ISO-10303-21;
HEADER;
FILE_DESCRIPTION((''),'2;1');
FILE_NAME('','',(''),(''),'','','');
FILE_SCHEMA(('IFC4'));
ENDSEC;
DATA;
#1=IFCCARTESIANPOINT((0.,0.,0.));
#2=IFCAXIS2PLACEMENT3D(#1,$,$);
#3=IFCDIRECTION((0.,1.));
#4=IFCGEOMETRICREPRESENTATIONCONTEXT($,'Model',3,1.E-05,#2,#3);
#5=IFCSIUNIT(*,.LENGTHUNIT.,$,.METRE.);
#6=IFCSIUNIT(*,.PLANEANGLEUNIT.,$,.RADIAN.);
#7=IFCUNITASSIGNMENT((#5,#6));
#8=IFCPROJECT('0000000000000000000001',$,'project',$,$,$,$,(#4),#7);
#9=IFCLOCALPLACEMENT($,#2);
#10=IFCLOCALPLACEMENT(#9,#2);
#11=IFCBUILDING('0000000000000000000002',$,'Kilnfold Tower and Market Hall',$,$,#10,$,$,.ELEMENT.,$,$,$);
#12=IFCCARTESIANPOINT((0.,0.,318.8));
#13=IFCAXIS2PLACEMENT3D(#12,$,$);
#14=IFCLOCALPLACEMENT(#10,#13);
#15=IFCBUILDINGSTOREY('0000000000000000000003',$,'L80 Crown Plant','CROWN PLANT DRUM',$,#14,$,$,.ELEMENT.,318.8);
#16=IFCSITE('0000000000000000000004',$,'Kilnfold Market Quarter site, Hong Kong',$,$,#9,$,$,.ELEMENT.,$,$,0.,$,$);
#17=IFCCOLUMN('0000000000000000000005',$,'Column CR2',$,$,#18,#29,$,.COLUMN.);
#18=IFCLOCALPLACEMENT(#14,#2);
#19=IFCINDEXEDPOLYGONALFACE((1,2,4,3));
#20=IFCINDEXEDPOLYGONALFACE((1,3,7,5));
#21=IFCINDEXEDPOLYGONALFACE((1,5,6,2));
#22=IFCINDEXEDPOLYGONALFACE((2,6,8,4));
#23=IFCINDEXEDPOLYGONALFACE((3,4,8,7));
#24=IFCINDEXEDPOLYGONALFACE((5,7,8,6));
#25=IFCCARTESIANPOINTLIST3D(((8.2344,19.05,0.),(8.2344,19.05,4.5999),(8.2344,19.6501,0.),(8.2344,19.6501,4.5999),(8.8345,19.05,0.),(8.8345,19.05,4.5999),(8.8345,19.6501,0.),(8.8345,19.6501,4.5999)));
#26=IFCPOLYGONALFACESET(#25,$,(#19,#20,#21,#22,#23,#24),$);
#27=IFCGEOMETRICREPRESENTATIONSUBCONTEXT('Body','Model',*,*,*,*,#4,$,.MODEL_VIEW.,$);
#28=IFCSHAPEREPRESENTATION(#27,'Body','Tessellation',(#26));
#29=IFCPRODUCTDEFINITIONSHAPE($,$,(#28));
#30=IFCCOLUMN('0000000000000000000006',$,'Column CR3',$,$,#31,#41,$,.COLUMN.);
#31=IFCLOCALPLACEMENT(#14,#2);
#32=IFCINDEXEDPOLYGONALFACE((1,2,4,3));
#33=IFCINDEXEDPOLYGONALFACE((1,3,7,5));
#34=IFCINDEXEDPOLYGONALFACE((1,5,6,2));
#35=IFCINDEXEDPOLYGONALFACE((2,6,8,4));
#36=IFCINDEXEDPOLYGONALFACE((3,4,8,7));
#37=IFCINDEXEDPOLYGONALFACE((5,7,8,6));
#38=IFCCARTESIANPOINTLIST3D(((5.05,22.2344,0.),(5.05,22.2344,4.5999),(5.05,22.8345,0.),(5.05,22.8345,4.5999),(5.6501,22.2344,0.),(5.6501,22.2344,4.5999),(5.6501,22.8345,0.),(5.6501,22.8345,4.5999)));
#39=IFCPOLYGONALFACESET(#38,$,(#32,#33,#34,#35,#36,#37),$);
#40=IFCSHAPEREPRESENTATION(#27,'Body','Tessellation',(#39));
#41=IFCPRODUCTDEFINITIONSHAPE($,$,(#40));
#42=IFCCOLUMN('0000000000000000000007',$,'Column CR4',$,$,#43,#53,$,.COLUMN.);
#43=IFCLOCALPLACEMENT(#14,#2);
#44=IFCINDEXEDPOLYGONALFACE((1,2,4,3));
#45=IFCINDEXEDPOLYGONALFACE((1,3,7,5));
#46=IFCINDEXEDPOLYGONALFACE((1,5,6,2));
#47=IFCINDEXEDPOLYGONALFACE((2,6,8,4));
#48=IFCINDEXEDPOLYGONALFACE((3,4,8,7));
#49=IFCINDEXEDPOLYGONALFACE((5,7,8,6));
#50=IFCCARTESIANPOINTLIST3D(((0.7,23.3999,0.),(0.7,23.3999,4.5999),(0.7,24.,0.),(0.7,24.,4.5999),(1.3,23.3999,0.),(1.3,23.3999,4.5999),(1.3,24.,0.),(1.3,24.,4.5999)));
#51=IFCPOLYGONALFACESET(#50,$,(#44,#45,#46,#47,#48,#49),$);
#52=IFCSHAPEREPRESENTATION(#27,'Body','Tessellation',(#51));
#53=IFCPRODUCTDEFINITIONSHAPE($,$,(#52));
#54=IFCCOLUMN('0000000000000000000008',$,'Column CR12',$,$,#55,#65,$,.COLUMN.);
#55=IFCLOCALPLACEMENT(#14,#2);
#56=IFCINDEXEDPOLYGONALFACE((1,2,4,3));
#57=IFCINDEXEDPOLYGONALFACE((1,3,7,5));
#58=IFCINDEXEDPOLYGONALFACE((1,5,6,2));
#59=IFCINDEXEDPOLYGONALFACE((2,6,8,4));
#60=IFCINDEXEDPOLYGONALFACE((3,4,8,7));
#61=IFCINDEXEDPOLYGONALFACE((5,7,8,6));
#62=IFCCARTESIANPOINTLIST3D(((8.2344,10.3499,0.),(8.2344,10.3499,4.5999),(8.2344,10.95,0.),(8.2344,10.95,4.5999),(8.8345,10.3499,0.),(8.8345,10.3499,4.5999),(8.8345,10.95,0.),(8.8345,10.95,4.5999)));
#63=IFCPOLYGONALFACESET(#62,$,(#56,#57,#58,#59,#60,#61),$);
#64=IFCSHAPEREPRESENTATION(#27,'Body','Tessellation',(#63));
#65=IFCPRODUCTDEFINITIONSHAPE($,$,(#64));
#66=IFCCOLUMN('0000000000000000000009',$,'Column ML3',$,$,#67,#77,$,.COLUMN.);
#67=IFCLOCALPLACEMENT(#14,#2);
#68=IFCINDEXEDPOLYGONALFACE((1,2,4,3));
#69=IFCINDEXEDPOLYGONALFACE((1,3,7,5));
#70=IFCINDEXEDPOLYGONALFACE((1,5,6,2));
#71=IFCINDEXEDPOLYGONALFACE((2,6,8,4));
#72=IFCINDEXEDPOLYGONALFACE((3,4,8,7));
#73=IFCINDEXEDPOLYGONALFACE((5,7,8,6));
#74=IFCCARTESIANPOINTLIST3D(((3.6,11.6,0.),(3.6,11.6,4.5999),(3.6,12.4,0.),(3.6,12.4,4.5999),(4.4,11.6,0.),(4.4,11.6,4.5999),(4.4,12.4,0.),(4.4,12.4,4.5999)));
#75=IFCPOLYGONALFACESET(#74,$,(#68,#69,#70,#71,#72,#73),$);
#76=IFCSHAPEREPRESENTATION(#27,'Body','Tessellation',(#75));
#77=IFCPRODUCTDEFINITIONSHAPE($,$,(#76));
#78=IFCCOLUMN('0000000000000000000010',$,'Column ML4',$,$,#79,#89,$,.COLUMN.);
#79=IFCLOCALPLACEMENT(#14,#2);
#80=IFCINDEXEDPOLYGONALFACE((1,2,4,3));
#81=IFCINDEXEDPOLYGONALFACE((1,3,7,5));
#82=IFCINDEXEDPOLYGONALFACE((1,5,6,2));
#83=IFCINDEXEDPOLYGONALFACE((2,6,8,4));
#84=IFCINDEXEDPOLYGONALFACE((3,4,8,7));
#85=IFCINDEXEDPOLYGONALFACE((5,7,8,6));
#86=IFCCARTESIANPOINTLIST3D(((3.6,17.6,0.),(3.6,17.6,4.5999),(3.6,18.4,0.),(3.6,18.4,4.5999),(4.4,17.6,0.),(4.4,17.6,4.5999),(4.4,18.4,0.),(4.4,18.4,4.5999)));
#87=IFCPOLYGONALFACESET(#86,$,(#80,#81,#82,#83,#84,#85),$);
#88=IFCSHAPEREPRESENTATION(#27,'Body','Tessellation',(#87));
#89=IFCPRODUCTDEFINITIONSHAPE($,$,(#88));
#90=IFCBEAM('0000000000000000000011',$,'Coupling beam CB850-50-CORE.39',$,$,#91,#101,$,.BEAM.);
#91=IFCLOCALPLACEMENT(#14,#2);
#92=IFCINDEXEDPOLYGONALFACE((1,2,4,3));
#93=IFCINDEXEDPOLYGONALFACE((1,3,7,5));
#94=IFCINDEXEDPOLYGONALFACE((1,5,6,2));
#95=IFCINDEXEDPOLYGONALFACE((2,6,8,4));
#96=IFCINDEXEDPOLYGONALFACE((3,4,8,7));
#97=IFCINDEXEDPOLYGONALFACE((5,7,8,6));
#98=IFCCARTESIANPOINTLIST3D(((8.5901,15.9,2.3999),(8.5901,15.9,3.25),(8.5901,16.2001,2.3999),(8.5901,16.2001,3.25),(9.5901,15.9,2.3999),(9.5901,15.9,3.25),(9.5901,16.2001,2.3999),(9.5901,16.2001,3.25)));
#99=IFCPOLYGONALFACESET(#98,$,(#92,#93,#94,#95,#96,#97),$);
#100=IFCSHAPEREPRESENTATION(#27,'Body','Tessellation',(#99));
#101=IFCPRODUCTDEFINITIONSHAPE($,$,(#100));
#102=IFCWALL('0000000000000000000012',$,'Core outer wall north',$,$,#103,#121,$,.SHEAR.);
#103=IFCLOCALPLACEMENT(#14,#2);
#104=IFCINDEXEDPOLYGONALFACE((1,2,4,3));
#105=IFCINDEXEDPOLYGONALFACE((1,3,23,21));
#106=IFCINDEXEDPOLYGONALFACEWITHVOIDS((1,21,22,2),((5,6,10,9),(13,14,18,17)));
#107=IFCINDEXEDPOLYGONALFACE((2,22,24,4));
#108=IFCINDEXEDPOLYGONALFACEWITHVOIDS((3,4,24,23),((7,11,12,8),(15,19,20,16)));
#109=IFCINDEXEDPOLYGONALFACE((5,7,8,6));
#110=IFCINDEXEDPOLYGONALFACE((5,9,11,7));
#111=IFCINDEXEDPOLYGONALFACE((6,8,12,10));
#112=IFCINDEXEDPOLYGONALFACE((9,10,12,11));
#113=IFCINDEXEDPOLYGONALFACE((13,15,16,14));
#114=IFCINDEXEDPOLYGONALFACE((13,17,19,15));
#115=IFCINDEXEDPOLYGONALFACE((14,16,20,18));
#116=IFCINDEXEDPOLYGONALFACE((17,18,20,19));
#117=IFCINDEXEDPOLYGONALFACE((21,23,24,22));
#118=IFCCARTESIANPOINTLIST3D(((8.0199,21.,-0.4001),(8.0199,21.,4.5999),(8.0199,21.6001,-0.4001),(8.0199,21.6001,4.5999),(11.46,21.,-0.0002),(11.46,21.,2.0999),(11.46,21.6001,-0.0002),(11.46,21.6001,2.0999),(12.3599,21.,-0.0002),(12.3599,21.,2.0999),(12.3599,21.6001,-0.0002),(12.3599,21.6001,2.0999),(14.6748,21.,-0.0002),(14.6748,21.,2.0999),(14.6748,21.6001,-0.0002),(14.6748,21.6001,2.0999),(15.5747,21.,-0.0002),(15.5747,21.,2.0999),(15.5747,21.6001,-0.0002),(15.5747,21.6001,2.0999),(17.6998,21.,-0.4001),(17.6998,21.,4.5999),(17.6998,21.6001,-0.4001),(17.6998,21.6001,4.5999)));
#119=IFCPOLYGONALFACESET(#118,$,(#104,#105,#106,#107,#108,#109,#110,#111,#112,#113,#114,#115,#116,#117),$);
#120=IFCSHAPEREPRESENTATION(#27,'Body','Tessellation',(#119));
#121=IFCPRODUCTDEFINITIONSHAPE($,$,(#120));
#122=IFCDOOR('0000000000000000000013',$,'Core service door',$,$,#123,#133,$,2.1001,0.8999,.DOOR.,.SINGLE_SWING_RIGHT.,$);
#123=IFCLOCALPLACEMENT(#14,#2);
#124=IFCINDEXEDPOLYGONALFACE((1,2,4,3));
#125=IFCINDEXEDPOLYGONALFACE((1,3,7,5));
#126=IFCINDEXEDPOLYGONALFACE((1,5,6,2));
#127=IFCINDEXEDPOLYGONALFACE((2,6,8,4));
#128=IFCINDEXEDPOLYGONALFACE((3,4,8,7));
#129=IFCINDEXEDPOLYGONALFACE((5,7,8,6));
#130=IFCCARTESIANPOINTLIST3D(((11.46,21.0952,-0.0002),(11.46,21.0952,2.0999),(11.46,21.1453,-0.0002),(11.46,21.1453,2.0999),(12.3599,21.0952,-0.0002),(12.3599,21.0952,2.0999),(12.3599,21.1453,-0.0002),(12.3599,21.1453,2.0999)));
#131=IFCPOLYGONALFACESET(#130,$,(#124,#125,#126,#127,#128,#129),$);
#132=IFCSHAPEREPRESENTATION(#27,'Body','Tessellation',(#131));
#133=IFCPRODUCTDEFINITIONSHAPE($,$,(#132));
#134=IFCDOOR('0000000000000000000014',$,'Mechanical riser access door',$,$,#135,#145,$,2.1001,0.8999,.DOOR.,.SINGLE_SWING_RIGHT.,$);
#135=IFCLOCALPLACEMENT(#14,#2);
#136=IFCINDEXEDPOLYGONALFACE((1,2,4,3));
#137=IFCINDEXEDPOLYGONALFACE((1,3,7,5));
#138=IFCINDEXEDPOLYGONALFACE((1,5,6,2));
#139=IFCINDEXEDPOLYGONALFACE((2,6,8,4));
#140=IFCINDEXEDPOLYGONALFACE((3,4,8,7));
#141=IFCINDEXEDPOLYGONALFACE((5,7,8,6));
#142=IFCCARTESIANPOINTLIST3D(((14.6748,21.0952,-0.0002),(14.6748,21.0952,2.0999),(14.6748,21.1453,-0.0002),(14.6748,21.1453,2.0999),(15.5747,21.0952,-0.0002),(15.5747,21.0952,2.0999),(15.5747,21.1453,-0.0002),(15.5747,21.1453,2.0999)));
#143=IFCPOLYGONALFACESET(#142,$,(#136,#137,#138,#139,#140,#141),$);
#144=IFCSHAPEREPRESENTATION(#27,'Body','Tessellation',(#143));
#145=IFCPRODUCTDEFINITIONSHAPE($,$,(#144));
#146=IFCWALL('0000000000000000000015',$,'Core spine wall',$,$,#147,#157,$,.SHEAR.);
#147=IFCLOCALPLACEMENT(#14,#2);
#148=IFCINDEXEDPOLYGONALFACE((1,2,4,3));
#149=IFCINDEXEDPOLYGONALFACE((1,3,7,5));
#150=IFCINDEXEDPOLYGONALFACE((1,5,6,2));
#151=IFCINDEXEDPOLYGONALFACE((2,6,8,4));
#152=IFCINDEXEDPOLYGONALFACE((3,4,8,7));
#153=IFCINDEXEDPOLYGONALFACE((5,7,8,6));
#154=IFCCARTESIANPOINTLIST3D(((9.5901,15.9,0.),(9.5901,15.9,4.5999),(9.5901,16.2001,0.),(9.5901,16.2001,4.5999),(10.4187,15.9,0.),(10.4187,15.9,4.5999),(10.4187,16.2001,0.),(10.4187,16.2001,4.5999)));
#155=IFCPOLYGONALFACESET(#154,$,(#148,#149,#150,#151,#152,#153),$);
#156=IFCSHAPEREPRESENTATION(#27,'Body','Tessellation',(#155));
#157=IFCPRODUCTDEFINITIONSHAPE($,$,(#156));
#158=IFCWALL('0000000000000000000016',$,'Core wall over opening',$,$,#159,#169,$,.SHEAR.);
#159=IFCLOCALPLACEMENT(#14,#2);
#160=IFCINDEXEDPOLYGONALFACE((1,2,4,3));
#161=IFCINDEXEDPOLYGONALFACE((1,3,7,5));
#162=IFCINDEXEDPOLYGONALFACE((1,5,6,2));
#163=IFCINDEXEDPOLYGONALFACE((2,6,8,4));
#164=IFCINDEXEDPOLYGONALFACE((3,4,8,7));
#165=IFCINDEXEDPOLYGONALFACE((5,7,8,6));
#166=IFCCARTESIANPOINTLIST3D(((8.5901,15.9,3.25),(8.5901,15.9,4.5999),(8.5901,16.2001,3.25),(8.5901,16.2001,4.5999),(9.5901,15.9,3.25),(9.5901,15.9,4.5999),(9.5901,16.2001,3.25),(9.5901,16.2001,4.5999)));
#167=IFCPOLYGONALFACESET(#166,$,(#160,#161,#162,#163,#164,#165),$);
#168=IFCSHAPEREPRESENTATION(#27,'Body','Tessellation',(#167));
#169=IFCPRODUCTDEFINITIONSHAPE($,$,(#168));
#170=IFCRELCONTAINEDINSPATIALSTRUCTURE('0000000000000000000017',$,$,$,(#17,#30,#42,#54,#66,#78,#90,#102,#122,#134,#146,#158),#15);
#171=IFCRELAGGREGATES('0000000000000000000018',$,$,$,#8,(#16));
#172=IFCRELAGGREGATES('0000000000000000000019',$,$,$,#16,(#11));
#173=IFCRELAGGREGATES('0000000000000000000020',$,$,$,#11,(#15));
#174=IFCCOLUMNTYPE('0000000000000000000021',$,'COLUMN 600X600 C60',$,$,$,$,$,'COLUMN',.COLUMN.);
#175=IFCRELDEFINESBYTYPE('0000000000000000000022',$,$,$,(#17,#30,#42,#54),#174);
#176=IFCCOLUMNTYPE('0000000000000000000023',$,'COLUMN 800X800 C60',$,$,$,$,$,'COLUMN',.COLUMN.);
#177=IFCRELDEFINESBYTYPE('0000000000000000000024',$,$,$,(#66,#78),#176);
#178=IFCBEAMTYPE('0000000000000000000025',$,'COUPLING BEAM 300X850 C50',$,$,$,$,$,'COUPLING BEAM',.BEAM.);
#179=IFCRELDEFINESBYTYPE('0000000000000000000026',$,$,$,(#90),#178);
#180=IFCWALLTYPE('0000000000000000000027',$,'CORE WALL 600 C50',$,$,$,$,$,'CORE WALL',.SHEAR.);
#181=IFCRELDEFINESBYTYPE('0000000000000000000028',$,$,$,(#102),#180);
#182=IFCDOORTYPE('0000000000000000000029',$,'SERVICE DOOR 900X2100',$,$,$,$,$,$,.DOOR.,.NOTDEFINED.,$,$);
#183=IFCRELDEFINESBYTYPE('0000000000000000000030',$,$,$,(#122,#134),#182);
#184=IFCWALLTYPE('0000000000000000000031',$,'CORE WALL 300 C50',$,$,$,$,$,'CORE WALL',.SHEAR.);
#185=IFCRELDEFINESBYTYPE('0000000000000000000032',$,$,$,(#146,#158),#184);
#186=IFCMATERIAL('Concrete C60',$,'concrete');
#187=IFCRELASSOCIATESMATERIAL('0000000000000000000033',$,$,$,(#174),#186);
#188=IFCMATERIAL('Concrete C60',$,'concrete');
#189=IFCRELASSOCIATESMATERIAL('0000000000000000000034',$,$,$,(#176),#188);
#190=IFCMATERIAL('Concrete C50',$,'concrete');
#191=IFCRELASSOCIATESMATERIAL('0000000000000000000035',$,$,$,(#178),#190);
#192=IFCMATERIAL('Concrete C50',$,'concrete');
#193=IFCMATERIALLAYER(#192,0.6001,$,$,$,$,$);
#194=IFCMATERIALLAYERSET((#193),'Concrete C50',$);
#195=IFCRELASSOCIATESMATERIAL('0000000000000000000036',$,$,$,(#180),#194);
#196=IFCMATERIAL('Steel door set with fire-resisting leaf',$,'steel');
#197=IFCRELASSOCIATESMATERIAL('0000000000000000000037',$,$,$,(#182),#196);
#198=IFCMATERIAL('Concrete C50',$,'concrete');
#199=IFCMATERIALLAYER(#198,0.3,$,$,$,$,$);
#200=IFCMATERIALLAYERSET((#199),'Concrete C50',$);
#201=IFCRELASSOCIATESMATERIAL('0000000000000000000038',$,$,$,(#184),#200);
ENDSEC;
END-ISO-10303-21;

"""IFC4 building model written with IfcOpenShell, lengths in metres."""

from ifc_helpers import new_model, si_unit, direction, frame, frame_2d, origin, origin_2d, place, context, subcontext, project, spatial, rectangle, extrude, source, transform, mapped, material, layer, layer_set, material_profile, profile_set, type_object, element, fill, save


model = new_model("IFC4")

# Units and contexts
model_context = context("Model", 3, precision=1e-05, world=origin(), true_north=direction((0.0, 1.0)))
body_context = subcontext(model_context, "Body", "Model", "MODEL_VIEW")
ifc_project = project(units=[si_unit("LENGTHUNIT", "METRE"), si_unit("PLANEANGLEUNIT", "RADIAN")], contexts=[model_context])

# Site, building, storey
site_placement = place(None, origin())
site = spatial("IfcSite", under=ifc_project, at=site_placement, Name="Kilnfold Market Quarter site, Hong Kong", CompositionType="ELEMENT", RefElevation=0.0)
building_placement = place(site_placement, origin())
building = spatial("IfcBuilding", under=site, at=building_placement, Name="Kilnfold Tower and Market Hall", CompositionType="ELEMENT")
storey_placement = place(building_placement, frame((0.0, 0.0, 318.8)))
storey = spatial("IfcBuildingStorey", under=building, at=storey_placement, Name="L80 Crown Plant", Description="CROWN PLANT DRUM", CompositionType="ELEMENT", Elevation=318.8)

# Columns
ifc_material_1 = material(Name="Concrete C60", Category="concrete")
ifc_material_profile_1 = material_profile(ifc_material_1, rectangle(XDim=0.6001, YDim=0.6001, at=origin_2d()), Name="RC 600x600")
ifc_profile_set_1 = profile_set([ifc_material_profile_1], Name="Concrete C60")
column_type_1 = type_object("IfcColumnType", Name="COLUMN 600X600 C60", ElementType="COLUMN", PredefinedType="COLUMN", material=ifc_profile_set_1)
shared_shape_1 = source(origin(), body_context, "Body", "SweptSolid", [
    extrude(rectangle(XDim=0.6001, YDim=0.6001, at=origin_2d()), origin(), (0.0, 0.0, 1.0), 4.5999),
])
for number, where, z_axis, x_axis, name in (
    (1, (8.5344, 19.3501, 0.0), (0.0, 0.0, 1.0), (1.0, 0.0, 0.0), "Column CR2"),
    (2, (5.3501, 22.5344, 0.0), (0.0, 0.0, 1.0), (1.0, 0.0, 0.0), "Column CR3"),
    (3, (1.0, 23.7, 0.0), (0.0, 0.0, 1.0), (1.0, 0.0, 0.0), "Column CR4"),
    (4, (8.5344, 10.6499, 0.0), (0.0, 0.0, 1.0), (1.0, 0.0, 0.0), "Column CR12"),
):
    element("IfcColumn", number, at=place(storey_placement, frame(where, z_axis=z_axis, x_axis=x_axis)), inside=storey, type_object=column_type_1, Name=name, PredefinedType="COLUMN", context=body_context, shape_type="MappedRepresentation", body=[
        mapped(shared_shape_1, transform((0.0, 0.0, 0.0))),
    ])
ifc_material_2 = material(Name="Concrete C60", Category="concrete")
ifc_material_profile_2 = material_profile(ifc_material_2, rectangle(XDim=0.8, YDim=0.8, at=origin_2d()), Name="RC 800x800")
ifc_profile_set_2 = profile_set([ifc_material_profile_2], Name="Concrete C60")
column_type_2 = type_object("IfcColumnType", Name="COLUMN 800X800 C60", ElementType="COLUMN", PredefinedType="COLUMN", material=ifc_profile_set_2)
shared_shape_2 = source(origin(), body_context, "Body", "SweptSolid", [
    extrude(rectangle(XDim=0.8, YDim=0.8, at=origin_2d()), origin(), (0.0, 0.0, 1.0), 4.5999),
])
for number, where, z_axis, x_axis, name in (
    (5, (4.0, 12.0, 0.0), (0.0, 0.0, 1.0), (1.0, 0.0, 0.0), "Column ML3"),
    (6, (4.0, 18.0, 0.0), (0.0, 0.0, 1.0), (1.0, 0.0, 0.0), "Column ML4"),
):
    element("IfcColumn", number, at=place(storey_placement, frame(where, z_axis=z_axis, x_axis=x_axis)), inside=storey, type_object=column_type_2, Name=name, PredefinedType="COLUMN", context=body_context, shape_type="MappedRepresentation", body=[
        mapped(shared_shape_2, transform((0.0, 0.0, 0.0))),
    ])

# Beam
ifc_material_3 = material(Name="Concrete C50", Category="concrete")
ifc_material_profile_3 = material_profile(ifc_material_3, rectangle(XDim=0.3, YDim=0.8501, at=origin_2d()), Name="RC 300x850")
ifc_profile_set_3 = profile_set([ifc_material_profile_3], Name="Concrete C50")
beam_type = type_object("IfcBeamType", Name="COUPLING BEAM 300X850 C50", ElementType="COUPLING BEAM", PredefinedType="BEAM", material=ifc_profile_set_3)
shared_shape_3 = source(origin(), body_context, "Body", "SweptSolid", [
    extrude(rectangle(XDim=0.3, YDim=0.8501, at=origin_2d()), origin(), (0.0, 0.0, 1.0), 1.0),
])
beam_placement = place(storey_placement, frame((8.5901, 16.05, 2.825), z_axis=(1.0, 0.0, 0.0), x_axis=(0.0, 1.0, 0.0)))
element("IfcBeam", 7, at=beam_placement, inside=storey, type_object=beam_type, Name="Coupling beam CB850-50-CORE.39", PredefinedType="BEAM", context=body_context, shape_type="MappedRepresentation", body=[
    mapped(shared_shape_3, transform((0.0, 0.0, 0.0))),
])

# Wall, openings, doors
ifc_material_4 = material(Name="Concrete C50", Category="concrete")
ifc_layer_1 = layer(ifc_material_4, 0.6001)
ifc_layer_set_1 = layer_set([ifc_layer_1], Name="Concrete C50")
wall_type_1 = type_object("IfcWallType", Name="CORE WALL 600 C50", ElementType="CORE WALL", PredefinedType="SHEAR", material=ifc_layer_set_1)
shared_shape_4 = source(origin(), body_context, "Body", "SweptSolid", [
    extrude(rectangle(XDim=9.6799, YDim=0.6001, at=frame_2d((4.8398, 0.0))), origin(), (0.0, 0.0, 1.0), 5.0),
])
wall_1_placement = place(storey_placement, frame((8.02, 21.3, -0.4001), z_axis=(0.0, 0.0, 1.0), x_axis=(1.0, 0.0, 0.0)))
wall_1 = element("IfcWall", 8, at=wall_1_placement, inside=storey, type_object=wall_type_1, Name="Core outer wall north", PredefinedType="SHEAR", context=body_context, shape_type="MappedRepresentation", body=[
    mapped(shared_shape_4, transform((0.0, 0.0, 0.0))),
])
opening_1_placement = place(wall_1_placement, frame((3.4399, 0.0, 0.3999)))
opening_1 = element("IfcOpeningElement", 9, at=opening_1_placement, cuts=wall_1, PredefinedType="OPENING", context=body_context, shape_type="SweptSolid", body=[
    extrude(rectangle(XDim=0.8999, YDim=2.1001, at=frame_2d((0.45, 1.05))), frame((0.0, 0.3101, 0.0), z_axis=(0.0, -1.0, 0.0), x_axis=(1.0, 0.0, 0.0)), (0.0, 0.0, 1.0), 0.6201),
])
opening_2_placement = place(wall_1_placement, frame((6.6548, 0.0, 0.3999)))
opening_2 = element("IfcOpeningElement", 10, at=opening_2_placement, cuts=wall_1, PredefinedType="OPENING", context=body_context, shape_type="SweptSolid", body=[
    extrude(rectangle(XDim=0.8999, YDim=2.1001, at=frame_2d((0.45, 1.05))), frame((0.0, 0.3101, 0.0), z_axis=(0.0, -1.0, 0.0), x_axis=(1.0, 0.0, 0.0)), (0.0, 0.0, 1.0), 0.6201),
])
ifc_material_5 = material(Name="Steel door set with fire-resisting leaf", Category="steel")
door_type_1 = type_object("IfcDoorType", Name="SERVICE DOOR 900X2100", OperationType="NOTDEFINED", PredefinedType="DOOR", material=ifc_material_5)
door_1_placement = place(opening_1_placement, origin())
door_1 = element("IfcDoor", 11, at=door_1_placement, inside=storey, type_object=door_type_1, Name="Core service door", OperationType="SINGLE_SWING_RIGHT", OverallHeight=2.1001, OverallWidth=0.8999, PredefinedType="DOOR", context=body_context, shape_type="SweptSolid", body=[
    extrude(rectangle(XDim=0.8999, YDim=2.1001, at=frame_2d((0.45, 1.05))), frame((0.0, -0.1548, 0.0), z_axis=(0.0, -1.0, 0.0), x_axis=(1.0, 0.0, 0.0)), (0.0, 0.0, 1.0), 0.05),
])
fill(opening_1, door_1)
door_2_placement = place(opening_2_placement, origin())
door_2 = element("IfcDoor", 12, at=door_2_placement, inside=storey, type_object=door_type_1, Name="Mechanical riser access door", OperationType="SINGLE_SWING_RIGHT", OverallHeight=2.1001, OverallWidth=0.8999, PredefinedType="DOOR", context=body_context, shape_type="SweptSolid", body=[
    extrude(rectangle(XDim=0.8999, YDim=2.1001, at=frame_2d((0.45, 1.05))), frame((0.0, -0.1548, 0.0), z_axis=(0.0, -1.0, 0.0), x_axis=(1.0, 0.0, 0.0)), (0.0, 0.0, 1.0), 0.05),
])
fill(opening_2, door_2)

# Walls
ifc_material_6 = material(Name="Concrete C50", Category="concrete")
ifc_layer_2 = layer(ifc_material_6, 0.3)
ifc_layer_set_2 = layer_set([ifc_layer_2], Name="Concrete C50")
wall_type_2 = type_object("IfcWallType", Name="CORE WALL 300 C50", ElementType="CORE WALL", PredefinedType="SHEAR", material=ifc_layer_set_2)
shared_shape_5 = source(origin(), body_context, "Body", "SweptSolid", [
    extrude(rectangle(XDim=0.8286, YDim=0.3, at=frame_2d((0.4143, 0.0))), origin(), (0.0, 0.0, 1.0), 4.5999),
])
wall_2_placement = place(storey_placement, frame((9.5901, 16.05, 0.0), z_axis=(0.0, 0.0, 1.0), x_axis=(1.0, 0.0, 0.0)))
element("IfcWall", 13, at=wall_2_placement, inside=storey, type_object=wall_type_2, Name="Core spine wall", PredefinedType="SHEAR", context=body_context, shape_type="MappedRepresentation", body=[
    mapped(shared_shape_5, transform((0.0, 0.0, 0.0))),
])
shared_shape_6 = source(origin(), body_context, "Body", "SweptSolid", [
    extrude(rectangle(XDim=1.0, YDim=0.3, at=frame_2d((0.5, 0.0))), origin(), (0.0, 0.0, 1.0), 1.3499),
])
wall_3_placement = place(storey_placement, frame((8.5901, 16.05, 3.25), z_axis=(0.0, 0.0, 1.0), x_axis=(1.0, 0.0, 0.0)))
element("IfcWall", 14, at=wall_3_placement, inside=storey, type_object=wall_type_2, Name="Core wall over opening", PredefinedType="SHEAR", context=body_context, shape_type="MappedRepresentation", body=[
    mapped(shared_shape_6, transform((0.0, 0.0, 0.0))),
])

save(model, "model.ifc")
